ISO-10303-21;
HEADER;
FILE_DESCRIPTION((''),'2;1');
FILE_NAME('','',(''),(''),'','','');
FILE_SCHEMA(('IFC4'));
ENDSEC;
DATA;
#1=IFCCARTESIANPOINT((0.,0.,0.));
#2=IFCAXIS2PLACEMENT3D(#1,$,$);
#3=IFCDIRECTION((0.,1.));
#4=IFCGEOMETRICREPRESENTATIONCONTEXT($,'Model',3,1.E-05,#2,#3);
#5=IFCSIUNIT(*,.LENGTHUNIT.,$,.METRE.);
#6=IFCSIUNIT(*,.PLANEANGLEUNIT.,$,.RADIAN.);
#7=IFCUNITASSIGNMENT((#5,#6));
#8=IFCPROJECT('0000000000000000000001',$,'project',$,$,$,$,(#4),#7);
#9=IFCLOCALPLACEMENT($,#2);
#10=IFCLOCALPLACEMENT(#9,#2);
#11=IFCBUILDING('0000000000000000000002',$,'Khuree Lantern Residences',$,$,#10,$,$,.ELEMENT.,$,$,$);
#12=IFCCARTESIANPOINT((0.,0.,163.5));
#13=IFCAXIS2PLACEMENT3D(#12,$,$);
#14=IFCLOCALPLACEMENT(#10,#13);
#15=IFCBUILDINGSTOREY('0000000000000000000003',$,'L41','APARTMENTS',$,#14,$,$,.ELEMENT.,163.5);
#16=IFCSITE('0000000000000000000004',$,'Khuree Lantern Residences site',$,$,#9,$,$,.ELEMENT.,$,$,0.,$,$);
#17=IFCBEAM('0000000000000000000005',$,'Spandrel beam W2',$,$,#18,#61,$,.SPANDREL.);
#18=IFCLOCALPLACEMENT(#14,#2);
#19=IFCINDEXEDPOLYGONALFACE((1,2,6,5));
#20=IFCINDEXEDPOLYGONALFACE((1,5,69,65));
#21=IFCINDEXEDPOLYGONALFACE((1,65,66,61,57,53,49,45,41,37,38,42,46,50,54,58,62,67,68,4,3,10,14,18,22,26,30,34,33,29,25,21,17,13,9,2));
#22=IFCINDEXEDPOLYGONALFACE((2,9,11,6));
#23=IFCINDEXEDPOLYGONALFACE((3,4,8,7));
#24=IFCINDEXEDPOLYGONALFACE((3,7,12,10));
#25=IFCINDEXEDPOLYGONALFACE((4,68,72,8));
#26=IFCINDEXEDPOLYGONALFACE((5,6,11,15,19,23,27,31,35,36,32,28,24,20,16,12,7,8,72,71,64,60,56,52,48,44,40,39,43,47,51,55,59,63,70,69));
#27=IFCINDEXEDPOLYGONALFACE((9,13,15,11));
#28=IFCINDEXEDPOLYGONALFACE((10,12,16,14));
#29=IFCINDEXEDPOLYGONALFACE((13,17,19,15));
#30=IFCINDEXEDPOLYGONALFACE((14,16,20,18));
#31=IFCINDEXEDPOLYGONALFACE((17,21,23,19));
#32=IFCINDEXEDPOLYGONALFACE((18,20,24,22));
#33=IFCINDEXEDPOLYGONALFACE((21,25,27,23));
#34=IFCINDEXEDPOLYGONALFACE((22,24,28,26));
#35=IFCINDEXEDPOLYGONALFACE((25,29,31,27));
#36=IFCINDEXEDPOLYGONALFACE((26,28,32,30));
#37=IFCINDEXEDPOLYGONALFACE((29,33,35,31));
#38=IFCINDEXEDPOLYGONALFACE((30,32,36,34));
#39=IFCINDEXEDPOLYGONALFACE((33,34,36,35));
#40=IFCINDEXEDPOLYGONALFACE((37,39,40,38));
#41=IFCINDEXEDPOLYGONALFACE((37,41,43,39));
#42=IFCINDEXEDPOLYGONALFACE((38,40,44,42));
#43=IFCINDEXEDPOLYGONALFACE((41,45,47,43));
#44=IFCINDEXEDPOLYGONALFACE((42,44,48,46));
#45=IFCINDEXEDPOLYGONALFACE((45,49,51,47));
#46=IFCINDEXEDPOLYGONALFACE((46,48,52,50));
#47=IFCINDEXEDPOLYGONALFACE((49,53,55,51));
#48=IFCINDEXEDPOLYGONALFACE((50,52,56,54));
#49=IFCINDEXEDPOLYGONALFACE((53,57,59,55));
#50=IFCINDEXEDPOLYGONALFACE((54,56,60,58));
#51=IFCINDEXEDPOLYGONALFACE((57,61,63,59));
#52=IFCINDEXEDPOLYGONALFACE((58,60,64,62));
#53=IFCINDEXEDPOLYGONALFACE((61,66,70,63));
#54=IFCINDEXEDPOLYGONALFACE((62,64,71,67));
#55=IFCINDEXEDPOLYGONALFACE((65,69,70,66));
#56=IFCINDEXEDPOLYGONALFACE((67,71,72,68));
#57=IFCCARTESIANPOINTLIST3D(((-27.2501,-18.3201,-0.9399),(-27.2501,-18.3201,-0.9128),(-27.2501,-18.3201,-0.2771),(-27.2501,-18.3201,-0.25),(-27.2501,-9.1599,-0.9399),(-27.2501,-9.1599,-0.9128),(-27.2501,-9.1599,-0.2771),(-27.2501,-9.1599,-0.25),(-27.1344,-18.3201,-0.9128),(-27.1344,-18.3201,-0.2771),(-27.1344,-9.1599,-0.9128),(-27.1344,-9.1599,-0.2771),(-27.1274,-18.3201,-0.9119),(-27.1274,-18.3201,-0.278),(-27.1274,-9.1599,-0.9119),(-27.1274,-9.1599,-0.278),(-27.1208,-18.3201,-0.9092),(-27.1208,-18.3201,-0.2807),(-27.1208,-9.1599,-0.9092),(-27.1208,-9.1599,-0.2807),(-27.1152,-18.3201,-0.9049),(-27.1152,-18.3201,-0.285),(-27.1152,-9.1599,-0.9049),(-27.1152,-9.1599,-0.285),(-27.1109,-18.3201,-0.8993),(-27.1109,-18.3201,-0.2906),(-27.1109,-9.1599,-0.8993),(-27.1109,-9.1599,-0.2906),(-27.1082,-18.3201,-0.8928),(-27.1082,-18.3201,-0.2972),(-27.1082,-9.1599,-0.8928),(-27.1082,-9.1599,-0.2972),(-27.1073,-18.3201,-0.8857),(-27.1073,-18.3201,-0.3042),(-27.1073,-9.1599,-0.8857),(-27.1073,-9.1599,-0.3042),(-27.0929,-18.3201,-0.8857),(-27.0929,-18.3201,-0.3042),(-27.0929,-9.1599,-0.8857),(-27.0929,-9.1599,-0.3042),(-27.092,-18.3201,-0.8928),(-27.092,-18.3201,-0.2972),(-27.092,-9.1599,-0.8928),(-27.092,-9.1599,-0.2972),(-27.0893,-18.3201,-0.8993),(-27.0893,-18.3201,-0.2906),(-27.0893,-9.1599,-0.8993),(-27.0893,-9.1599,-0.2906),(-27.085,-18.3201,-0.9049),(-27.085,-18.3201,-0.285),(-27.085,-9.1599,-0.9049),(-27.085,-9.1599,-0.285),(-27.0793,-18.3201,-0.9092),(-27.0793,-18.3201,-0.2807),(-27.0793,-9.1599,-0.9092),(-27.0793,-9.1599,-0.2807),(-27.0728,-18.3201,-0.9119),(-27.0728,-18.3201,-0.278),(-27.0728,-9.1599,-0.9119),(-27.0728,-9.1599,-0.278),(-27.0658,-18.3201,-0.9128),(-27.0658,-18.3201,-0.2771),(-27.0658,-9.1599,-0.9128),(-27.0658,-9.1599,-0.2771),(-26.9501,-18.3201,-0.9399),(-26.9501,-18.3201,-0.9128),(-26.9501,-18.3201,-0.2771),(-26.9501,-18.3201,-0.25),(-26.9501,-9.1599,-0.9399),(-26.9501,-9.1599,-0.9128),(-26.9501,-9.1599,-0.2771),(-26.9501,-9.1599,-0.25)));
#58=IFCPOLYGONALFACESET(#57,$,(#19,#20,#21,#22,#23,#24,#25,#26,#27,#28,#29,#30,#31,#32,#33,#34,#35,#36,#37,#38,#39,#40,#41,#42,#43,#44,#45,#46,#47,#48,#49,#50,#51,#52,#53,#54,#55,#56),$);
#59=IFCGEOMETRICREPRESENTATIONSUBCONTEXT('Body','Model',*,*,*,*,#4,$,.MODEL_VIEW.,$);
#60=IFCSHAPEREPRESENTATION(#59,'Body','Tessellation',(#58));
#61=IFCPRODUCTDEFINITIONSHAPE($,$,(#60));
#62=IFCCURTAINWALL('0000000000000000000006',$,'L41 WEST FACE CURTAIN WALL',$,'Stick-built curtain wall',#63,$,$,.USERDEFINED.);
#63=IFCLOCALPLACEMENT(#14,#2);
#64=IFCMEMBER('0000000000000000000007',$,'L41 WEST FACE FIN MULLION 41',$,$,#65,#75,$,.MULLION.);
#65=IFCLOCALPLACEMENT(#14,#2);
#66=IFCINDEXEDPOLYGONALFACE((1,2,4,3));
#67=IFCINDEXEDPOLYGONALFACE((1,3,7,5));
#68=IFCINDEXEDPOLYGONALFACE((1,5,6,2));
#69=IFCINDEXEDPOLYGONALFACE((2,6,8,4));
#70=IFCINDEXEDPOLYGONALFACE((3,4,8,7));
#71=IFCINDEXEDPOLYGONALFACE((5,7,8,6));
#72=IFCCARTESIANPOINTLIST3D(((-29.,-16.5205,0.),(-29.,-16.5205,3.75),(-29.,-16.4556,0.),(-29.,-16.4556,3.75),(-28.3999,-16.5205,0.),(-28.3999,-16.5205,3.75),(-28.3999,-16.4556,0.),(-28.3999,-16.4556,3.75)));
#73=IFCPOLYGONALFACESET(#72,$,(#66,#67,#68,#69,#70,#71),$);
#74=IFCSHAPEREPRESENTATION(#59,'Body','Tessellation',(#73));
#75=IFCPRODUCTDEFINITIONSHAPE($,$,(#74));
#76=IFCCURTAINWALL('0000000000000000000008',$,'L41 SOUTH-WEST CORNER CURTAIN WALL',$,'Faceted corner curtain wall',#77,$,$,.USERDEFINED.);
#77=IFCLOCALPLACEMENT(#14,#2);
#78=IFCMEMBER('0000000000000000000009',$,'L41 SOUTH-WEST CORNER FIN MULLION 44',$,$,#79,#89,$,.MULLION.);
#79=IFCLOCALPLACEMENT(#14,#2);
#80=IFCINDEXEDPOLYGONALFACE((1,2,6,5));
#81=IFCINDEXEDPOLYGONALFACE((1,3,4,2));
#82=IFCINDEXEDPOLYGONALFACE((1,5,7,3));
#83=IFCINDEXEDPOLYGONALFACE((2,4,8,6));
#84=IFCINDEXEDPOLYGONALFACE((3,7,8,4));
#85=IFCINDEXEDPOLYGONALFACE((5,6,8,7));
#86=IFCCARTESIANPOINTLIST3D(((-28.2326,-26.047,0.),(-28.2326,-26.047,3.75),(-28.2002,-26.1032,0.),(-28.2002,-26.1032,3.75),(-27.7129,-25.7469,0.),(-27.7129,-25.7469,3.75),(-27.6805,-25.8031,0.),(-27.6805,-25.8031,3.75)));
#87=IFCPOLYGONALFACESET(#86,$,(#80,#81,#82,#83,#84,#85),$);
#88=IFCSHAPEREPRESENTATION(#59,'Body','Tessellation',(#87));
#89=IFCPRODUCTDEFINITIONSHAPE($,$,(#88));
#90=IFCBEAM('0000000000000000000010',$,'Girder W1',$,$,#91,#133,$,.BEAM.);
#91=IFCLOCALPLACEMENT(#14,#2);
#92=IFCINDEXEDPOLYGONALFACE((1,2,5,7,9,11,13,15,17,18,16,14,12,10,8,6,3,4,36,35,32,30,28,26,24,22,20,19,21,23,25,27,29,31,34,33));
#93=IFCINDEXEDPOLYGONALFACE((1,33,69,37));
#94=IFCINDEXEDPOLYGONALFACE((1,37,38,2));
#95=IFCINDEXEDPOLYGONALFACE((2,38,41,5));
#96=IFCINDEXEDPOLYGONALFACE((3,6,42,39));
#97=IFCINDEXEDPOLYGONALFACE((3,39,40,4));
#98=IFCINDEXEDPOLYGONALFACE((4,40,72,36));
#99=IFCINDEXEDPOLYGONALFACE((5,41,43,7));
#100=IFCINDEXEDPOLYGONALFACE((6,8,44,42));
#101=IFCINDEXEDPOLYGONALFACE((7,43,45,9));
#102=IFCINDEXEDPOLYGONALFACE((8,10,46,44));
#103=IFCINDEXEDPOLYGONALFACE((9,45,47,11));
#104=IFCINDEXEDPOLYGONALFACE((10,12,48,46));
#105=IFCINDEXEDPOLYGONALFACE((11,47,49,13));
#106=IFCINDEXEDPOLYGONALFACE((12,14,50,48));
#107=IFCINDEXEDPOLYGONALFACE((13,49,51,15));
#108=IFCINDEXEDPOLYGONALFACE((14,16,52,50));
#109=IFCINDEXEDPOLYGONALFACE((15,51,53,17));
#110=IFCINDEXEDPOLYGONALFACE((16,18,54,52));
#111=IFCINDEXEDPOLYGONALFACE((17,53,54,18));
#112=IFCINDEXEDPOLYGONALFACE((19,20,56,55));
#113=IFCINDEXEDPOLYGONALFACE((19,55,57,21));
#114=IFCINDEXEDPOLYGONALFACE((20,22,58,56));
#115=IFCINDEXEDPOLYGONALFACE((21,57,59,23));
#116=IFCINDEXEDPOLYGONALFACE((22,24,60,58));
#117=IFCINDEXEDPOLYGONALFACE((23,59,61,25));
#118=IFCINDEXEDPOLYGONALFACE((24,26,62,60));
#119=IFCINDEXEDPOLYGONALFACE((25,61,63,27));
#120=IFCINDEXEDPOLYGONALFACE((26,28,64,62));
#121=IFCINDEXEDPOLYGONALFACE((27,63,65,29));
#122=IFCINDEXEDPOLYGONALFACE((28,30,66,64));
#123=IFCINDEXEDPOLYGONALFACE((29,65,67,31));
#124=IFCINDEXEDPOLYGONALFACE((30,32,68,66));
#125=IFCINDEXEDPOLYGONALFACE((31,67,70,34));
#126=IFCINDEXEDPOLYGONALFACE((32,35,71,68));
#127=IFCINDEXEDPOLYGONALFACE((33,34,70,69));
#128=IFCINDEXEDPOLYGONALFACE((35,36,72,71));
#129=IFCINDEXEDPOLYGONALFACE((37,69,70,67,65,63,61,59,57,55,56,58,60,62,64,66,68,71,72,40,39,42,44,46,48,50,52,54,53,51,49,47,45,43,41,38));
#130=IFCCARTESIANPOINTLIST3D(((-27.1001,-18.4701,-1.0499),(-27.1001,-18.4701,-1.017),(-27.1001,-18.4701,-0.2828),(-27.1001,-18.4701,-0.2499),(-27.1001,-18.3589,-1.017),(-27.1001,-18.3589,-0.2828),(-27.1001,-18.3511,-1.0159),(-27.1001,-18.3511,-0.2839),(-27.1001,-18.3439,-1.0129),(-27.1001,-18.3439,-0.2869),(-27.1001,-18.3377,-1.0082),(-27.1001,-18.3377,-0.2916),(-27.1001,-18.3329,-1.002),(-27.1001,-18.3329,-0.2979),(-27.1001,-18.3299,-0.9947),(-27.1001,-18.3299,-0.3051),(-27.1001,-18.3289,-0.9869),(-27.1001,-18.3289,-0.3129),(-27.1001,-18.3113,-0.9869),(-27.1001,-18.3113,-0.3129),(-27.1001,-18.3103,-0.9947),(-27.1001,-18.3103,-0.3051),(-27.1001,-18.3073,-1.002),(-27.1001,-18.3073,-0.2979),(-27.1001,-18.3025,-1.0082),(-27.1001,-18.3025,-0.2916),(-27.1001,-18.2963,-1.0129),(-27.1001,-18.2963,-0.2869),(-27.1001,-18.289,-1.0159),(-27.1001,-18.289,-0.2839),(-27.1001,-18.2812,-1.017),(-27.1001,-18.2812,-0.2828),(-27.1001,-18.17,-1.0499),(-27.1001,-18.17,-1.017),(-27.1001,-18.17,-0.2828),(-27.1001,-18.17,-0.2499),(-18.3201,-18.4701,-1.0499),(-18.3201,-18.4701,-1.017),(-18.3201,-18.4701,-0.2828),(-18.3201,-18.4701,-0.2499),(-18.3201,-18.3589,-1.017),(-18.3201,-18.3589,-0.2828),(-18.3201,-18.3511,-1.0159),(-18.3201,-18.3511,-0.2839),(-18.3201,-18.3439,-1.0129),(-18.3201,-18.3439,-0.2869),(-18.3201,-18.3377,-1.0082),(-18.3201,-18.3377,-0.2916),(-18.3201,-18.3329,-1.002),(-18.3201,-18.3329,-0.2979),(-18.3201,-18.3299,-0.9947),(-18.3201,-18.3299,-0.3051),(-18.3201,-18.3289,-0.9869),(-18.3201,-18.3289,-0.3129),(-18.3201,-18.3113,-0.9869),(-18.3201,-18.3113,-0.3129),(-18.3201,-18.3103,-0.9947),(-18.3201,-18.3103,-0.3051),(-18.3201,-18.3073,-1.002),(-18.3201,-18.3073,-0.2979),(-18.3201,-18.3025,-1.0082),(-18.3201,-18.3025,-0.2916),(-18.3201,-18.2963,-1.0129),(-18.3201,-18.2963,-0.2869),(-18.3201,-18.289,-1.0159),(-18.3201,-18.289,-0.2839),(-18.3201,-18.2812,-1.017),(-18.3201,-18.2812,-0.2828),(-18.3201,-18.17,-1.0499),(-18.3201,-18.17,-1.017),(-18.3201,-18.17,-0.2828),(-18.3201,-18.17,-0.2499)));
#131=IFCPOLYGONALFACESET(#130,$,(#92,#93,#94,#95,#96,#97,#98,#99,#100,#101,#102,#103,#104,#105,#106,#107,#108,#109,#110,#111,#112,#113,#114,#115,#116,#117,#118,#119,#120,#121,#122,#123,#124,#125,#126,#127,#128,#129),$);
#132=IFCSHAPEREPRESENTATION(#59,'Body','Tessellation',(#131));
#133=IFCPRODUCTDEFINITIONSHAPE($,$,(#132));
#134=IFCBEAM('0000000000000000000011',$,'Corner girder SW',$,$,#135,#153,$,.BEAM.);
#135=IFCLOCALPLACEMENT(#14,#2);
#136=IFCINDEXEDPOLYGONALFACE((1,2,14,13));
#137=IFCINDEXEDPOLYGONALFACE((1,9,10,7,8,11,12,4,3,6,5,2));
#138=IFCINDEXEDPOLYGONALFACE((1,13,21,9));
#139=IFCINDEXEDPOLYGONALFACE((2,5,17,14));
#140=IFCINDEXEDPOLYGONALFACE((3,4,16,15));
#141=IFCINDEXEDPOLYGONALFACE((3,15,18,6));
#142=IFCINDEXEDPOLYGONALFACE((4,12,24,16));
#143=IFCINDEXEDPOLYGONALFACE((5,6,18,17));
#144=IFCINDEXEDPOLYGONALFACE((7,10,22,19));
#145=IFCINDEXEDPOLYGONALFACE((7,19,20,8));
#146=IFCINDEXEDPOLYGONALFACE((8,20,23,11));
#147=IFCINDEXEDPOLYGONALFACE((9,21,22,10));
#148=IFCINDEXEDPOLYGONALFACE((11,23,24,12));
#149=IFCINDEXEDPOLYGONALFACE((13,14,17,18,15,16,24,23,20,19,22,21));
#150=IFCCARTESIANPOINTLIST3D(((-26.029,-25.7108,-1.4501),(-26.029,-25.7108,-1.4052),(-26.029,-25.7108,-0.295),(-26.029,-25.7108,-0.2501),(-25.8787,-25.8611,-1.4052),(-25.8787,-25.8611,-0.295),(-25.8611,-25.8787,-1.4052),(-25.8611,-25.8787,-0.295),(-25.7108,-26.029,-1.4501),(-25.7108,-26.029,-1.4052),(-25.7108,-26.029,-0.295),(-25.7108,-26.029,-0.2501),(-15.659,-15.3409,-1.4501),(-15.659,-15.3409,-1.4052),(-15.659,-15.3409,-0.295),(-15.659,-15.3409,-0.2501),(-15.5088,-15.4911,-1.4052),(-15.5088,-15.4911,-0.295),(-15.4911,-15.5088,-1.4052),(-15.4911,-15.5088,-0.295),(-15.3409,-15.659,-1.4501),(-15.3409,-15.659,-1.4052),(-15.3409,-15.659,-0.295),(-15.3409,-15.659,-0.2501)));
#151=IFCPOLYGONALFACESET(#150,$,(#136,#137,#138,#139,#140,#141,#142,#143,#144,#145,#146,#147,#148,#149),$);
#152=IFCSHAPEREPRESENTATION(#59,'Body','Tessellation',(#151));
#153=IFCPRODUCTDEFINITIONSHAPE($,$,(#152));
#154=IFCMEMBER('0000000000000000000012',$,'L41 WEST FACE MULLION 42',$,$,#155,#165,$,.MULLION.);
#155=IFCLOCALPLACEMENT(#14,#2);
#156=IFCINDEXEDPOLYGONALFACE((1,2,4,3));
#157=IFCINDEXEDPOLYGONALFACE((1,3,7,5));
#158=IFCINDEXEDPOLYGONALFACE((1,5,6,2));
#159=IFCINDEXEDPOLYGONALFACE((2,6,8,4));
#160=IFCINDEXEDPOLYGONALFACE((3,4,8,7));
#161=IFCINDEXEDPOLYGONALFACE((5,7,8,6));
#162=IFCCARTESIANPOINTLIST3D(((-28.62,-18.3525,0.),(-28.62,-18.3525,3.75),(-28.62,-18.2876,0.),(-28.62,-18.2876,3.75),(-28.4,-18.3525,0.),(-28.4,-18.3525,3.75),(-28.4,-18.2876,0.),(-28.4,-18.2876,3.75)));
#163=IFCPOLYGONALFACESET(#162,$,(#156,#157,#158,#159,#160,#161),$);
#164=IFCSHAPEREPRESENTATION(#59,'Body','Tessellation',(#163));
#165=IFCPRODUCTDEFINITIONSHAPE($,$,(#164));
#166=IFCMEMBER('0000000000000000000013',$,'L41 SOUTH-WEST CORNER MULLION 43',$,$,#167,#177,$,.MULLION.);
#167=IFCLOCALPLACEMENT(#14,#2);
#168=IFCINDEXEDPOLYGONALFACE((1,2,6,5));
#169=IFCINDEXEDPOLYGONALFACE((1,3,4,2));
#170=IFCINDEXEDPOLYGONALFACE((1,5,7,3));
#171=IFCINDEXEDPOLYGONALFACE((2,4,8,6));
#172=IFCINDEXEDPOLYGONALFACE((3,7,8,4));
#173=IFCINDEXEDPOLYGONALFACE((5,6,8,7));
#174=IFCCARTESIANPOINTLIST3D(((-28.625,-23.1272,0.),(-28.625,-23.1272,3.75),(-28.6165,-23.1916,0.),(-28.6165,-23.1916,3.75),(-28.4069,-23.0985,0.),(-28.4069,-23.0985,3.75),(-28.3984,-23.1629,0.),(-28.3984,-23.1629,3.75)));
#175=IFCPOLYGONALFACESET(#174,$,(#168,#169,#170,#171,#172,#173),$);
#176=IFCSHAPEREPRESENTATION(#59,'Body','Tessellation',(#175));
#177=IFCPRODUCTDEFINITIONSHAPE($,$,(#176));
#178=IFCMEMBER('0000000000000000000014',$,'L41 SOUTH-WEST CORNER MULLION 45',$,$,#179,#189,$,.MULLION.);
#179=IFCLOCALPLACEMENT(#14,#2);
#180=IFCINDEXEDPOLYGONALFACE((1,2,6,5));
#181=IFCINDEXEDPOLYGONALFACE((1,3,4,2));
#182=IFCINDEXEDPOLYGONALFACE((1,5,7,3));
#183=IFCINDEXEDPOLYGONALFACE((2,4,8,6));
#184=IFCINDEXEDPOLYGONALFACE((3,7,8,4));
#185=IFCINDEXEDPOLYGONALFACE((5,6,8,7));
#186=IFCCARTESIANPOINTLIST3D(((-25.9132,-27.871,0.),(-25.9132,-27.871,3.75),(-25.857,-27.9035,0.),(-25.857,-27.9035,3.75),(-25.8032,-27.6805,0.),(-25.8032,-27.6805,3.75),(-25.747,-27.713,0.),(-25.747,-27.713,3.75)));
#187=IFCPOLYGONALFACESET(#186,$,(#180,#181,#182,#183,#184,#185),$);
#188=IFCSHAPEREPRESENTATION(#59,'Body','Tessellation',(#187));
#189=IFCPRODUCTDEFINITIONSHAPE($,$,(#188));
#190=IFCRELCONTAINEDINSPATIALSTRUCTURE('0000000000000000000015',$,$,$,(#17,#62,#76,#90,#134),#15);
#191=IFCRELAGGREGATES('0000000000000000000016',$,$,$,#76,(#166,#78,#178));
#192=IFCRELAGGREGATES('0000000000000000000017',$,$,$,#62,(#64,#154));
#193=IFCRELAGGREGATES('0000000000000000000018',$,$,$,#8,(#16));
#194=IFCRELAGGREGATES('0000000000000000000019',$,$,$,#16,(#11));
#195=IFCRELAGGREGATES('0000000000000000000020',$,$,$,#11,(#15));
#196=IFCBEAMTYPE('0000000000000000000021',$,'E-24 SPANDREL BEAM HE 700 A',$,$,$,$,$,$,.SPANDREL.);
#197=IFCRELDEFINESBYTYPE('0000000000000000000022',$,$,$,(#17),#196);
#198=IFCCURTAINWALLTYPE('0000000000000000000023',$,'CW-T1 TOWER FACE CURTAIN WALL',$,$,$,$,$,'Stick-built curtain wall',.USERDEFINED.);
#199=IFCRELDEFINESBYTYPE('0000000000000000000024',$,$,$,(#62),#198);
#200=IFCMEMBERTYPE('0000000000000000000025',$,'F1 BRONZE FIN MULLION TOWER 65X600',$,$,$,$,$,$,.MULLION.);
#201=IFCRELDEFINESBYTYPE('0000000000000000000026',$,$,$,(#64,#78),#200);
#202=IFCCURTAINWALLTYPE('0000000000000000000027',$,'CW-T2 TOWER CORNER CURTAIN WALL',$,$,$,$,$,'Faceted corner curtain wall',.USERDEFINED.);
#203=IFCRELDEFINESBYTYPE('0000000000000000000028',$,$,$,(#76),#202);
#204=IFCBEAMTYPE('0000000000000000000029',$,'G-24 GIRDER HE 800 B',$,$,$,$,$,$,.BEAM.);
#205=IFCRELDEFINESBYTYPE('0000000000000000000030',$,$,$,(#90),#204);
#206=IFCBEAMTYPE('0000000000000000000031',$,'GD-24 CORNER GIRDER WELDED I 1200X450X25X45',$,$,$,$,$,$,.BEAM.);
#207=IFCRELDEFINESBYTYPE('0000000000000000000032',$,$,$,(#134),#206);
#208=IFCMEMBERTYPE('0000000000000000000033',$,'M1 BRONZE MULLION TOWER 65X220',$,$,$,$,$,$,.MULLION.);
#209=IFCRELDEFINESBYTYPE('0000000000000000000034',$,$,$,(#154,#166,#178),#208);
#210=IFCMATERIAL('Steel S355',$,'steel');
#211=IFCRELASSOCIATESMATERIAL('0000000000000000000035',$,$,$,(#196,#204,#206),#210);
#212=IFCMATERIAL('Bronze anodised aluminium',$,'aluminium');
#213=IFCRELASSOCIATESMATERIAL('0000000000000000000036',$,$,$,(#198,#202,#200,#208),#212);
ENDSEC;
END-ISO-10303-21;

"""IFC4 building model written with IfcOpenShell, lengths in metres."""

from ifc_helpers import new_model, si_unit, direction, frame, origin, origin_2d, place, context, subcontext, project, spatial, rectangle, i_section, extrude, material, material_profile, profile_set, type_object, element, aggregate, save


model = new_model("IFC4")

# Units and contexts
model_context = context("Model", 3, precision=1e-05, world=origin(), true_north=direction((0.0, 1.0)))
body_context = subcontext(model_context, "Body", "Model", "MODEL_VIEW")
ifc_project = project(units=[si_unit("LENGTHUNIT", "METRE"), si_unit("PLANEANGLEUNIT", "RADIAN")], contexts=[model_context])

# Site, building, storey
site_placement = place(None, origin())
site = spatial("IfcSite", under=ifc_project, at=site_placement, Name="Khuree Lantern Residences site", CompositionType="ELEMENT", RefElevation=0.0)
building_placement = place(site_placement, origin())
building = spatial("IfcBuilding", under=site, at=building_placement, Name="Khuree Lantern Residences", CompositionType="ELEMENT")
storey_placement = place(building_placement, frame((0.0, 0.0, 163.5)))
storey = spatial("IfcBuildingStorey", under=building, at=storey_placement, Name="L41", Description="APARTMENTS", CompositionType="ELEMENT", Elevation=163.5)

# Beam
ifc_material_1 = material(Name="Steel S355", Category="steel")
ifc_material_profile_1 = material_profile(ifc_material_1, i_section(OverallWidth=0.3, OverallDepth=0.6899, WebThickness=0.0144, FlangeThickness=0.0271, FilletRadius=0.0271, at=origin_2d()), Name="HE 700 A")
ifc_profile_set_1 = profile_set([ifc_material_profile_1], Name="Steel S355")
beam_type_1 = type_object("IfcBeamType", Name="E-24 SPANDREL BEAM HE 700 A", PredefinedType="SPANDREL", material=ifc_profile_set_1)
beam_1_placement = place(storey_placement, frame((-27.1001, -18.3201, -0.595), z_axis=(0.0, 1.0, 0.0), x_axis=(-1.0, 0.0, 0.0)))
element("IfcBeam", 1, at=beam_1_placement, inside=storey, type_object=beam_type_1, Name="Spandrel beam W2", PredefinedType="SPANDREL", context=body_context, shape_type="SweptSolid", body=[
    extrude(i_section(OverallWidth=0.3, OverallDepth=0.6899, WebThickness=0.0144, FlangeThickness=0.0271, FilletRadius=0.0271, at=origin_2d()), origin(), (0.0, 0.0, 1.0), 9.1602),
])

# Curtain walls, members
ifc_material_2 = material(Name="Bronze anodised aluminium", Category="aluminium")
curtain_wall_type_1 = type_object("IfcCurtainWallType", Name="CW-T1 TOWER FACE CURTAIN WALL", ElementType="Stick-built curtain wall", PredefinedType="USERDEFINED", material=ifc_material_2)
curtain_wall_1_placement = place(storey_placement, origin())
curtain_wall_1 = element("IfcCurtainWall", 2, at=curtain_wall_1_placement, inside=storey, type_object=curtain_wall_type_1, Name="L41 WEST FACE CURTAIN WALL", ObjectType="Stick-built curtain wall", PredefinedType="USERDEFINED")
ifc_material_profile_2 = material_profile(ifc_material_2, rectangle(XDim=0.0649, YDim=0.6001, at=origin_2d()), Name="F1 65X600")
ifc_profile_set_2 = profile_set([ifc_material_profile_2], Name="Bronze anodised aluminium")
member_type_1 = type_object("IfcMemberType", Name="F1 BRONZE FIN MULLION TOWER 65X600", PredefinedType="MULLION", material=ifc_profile_set_2)
member_1_placement = place(storey_placement, frame((-28.7, -16.488, 0.0), z_axis=(0.0, 0.0, 1.0), x_axis=(0.0, -1.0, 0.0)))
member_1 = element("IfcMember", 3, at=member_1_placement, type_object=member_type_1, Name="L41 WEST FACE FIN MULLION 41", PredefinedType="MULLION", context=body_context, shape_type="SweptSolid", body=[
    extrude(rectangle(XDim=0.0649, YDim=0.6001, at=origin_2d()), origin(), (0.0, 0.0, 1.0), 3.75),
])
curtain_wall_type_2 = type_object("IfcCurtainWallType", Name="CW-T2 TOWER CORNER CURTAIN WALL", ElementType="Faceted corner curtain wall", PredefinedType="USERDEFINED", material=ifc_material_2)
curtain_wall_2_placement = place(storey_placement, origin())
curtain_wall_2 = element("IfcCurtainWall", 4, at=curtain_wall_2_placement, inside=storey, type_object=curtain_wall_type_2, Name="L41 SOUTH-WEST CORNER CURTAIN WALL", ObjectType="Faceted corner curtain wall", PredefinedType="USERDEFINED")
member_2_placement = place(storey_placement, frame((-27.9565, -25.925, 0.0), z_axis=(0.0, 0.0, 1.0), x_axis=(0.5, -0.866025, 0.0)))
member_2 = element("IfcMember", 5, at=member_2_placement, type_object=member_type_1, Name="L41 SOUTH-WEST CORNER FIN MULLION 44", PredefinedType="MULLION", context=body_context, shape_type="SweptSolid", body=[
    extrude(rectangle(XDim=0.0649, YDim=0.6001, at=origin_2d()), origin(), (0.0, 0.0, 1.0), 3.75),
])

# Beams
ifc_material_profile_3 = material_profile(ifc_material_1, i_section(OverallWidth=0.3, OverallDepth=0.8, WebThickness=0.0176, FlangeThickness=0.033, FilletRadius=0.03, at=origin_2d()), Name="HE 800 B")
ifc_profile_set_3 = profile_set([ifc_material_profile_3], Name="Steel S355")
beam_type_2 = type_object("IfcBeamType", Name="G-24 GIRDER HE 800 B", PredefinedType="BEAM", material=ifc_profile_set_3)
beam_2_placement = place(storey_placement, frame((-27.1001, -18.3201, -0.6499), z_axis=(1.0, 0.0, 0.0), x_axis=(0.0, 1.0, 0.0)))
element("IfcBeam", 6, at=beam_2_placement, inside=storey, type_object=beam_type_2, Name="Girder W1", PredefinedType="BEAM", context=body_context, shape_type="SweptSolid", body=[
    extrude(i_section(OverallWidth=0.3, OverallDepth=0.8, WebThickness=0.0176, FlangeThickness=0.033, FilletRadius=0.03, at=origin_2d()), origin(), (0.0, 0.0, 1.0), 8.78),
])
ifc_material_profile_4 = material_profile(ifc_material_1, i_section(OverallWidth=0.45, OverallDepth=1.2, WebThickness=0.0249, FlangeThickness=0.0449, at=origin_2d()), Name="WELDED I 1200X450X25X45")
ifc_profile_set_4 = profile_set([ifc_material_profile_4], Name="Steel S355")
beam_type_3 = type_object("IfcBeamType", Name="GD-24 CORNER GIRDER WELDED I 1200X450X25X45", PredefinedType="BEAM", material=ifc_profile_set_4)
beam_3_placement = place(storey_placement, frame((-25.8699, -25.8699, -0.8501), z_axis=(0.707107, 0.707107, 0.0), x_axis=(-0.707107, 0.707107, 0.0)))
element("IfcBeam", 7, at=beam_3_placement, inside=storey, type_object=beam_type_3, Name="Corner girder SW", PredefinedType="BEAM", context=body_context, shape_type="SweptSolid", body=[
    extrude(i_section(OverallWidth=0.45, OverallDepth=1.2, WebThickness=0.0249, FlangeThickness=0.0449, at=origin_2d()), origin(), (0.0, 0.0, 1.0), 14.6653),
])

# Members
ifc_material_profile_5 = material_profile(ifc_material_2, rectangle(XDim=0.0649, YDim=0.22, at=origin_2d()), Name="M1 65X220")
ifc_profile_set_5 = profile_set([ifc_material_profile_5], Name="Bronze anodised aluminium")
member_type_2 = type_object("IfcMemberType", Name="M1 BRONZE MULLION TOWER 65X220", PredefinedType="MULLION", material=ifc_profile_set_5)
member_3_placement = place(storey_placement, frame((-28.51, -18.3201, 0.0), z_axis=(0.0, 0.0, 1.0), x_axis=(0.0, -1.0, 0.0)))
member_3 = element("IfcMember", 8, at=member_3_placement, type_object=member_type_2, Name="L41 WEST FACE MULLION 42", PredefinedType="MULLION", context=body_context, shape_type="SweptSolid", body=[
    extrude(rectangle(XDim=0.0649, YDim=0.22, at=origin_2d()), origin(), (0.0, 0.0, 1.0), 3.75),
])
member_4_placement = place(storey_placement, frame((-28.5117, -23.145, 0.0), z_axis=(0.0, 0.0, 1.0), x_axis=(0.130526, -0.991445, 0.0)))
member_4 = element("IfcMember", 9, at=member_4_placement, type_object=member_type_2, Name="L41 SOUTH-WEST CORNER MULLION 43", PredefinedType="MULLION", context=body_context, shape_type="SweptSolid", body=[
    extrude(rectangle(XDim=0.0649, YDim=0.22, at=origin_2d()), origin(), (0.0, 0.0, 1.0), 3.75),
])
member_5_placement = place(storey_placement, frame((-25.8301, -27.792, 0.0), z_axis=(0.0, 0.0, 1.0), x_axis=(0.866025, -0.5, 0.0)))
member_5 = element("IfcMember", 10, at=member_5_placement, type_object=member_type_2, Name="L41 SOUTH-WEST CORNER MULLION 45", PredefinedType="MULLION", context=body_context, shape_type="SweptSolid", body=[
    extrude(rectangle(XDim=0.0649, YDim=0.22, at=origin_2d()), origin(), (0.0, 0.0, 1.0), 3.75),
])

aggregate(curtain_wall_2, [member_4, member_2, member_5])
aggregate(curtain_wall_1, [member_1, member_3])

save(model, "model.ifc")
